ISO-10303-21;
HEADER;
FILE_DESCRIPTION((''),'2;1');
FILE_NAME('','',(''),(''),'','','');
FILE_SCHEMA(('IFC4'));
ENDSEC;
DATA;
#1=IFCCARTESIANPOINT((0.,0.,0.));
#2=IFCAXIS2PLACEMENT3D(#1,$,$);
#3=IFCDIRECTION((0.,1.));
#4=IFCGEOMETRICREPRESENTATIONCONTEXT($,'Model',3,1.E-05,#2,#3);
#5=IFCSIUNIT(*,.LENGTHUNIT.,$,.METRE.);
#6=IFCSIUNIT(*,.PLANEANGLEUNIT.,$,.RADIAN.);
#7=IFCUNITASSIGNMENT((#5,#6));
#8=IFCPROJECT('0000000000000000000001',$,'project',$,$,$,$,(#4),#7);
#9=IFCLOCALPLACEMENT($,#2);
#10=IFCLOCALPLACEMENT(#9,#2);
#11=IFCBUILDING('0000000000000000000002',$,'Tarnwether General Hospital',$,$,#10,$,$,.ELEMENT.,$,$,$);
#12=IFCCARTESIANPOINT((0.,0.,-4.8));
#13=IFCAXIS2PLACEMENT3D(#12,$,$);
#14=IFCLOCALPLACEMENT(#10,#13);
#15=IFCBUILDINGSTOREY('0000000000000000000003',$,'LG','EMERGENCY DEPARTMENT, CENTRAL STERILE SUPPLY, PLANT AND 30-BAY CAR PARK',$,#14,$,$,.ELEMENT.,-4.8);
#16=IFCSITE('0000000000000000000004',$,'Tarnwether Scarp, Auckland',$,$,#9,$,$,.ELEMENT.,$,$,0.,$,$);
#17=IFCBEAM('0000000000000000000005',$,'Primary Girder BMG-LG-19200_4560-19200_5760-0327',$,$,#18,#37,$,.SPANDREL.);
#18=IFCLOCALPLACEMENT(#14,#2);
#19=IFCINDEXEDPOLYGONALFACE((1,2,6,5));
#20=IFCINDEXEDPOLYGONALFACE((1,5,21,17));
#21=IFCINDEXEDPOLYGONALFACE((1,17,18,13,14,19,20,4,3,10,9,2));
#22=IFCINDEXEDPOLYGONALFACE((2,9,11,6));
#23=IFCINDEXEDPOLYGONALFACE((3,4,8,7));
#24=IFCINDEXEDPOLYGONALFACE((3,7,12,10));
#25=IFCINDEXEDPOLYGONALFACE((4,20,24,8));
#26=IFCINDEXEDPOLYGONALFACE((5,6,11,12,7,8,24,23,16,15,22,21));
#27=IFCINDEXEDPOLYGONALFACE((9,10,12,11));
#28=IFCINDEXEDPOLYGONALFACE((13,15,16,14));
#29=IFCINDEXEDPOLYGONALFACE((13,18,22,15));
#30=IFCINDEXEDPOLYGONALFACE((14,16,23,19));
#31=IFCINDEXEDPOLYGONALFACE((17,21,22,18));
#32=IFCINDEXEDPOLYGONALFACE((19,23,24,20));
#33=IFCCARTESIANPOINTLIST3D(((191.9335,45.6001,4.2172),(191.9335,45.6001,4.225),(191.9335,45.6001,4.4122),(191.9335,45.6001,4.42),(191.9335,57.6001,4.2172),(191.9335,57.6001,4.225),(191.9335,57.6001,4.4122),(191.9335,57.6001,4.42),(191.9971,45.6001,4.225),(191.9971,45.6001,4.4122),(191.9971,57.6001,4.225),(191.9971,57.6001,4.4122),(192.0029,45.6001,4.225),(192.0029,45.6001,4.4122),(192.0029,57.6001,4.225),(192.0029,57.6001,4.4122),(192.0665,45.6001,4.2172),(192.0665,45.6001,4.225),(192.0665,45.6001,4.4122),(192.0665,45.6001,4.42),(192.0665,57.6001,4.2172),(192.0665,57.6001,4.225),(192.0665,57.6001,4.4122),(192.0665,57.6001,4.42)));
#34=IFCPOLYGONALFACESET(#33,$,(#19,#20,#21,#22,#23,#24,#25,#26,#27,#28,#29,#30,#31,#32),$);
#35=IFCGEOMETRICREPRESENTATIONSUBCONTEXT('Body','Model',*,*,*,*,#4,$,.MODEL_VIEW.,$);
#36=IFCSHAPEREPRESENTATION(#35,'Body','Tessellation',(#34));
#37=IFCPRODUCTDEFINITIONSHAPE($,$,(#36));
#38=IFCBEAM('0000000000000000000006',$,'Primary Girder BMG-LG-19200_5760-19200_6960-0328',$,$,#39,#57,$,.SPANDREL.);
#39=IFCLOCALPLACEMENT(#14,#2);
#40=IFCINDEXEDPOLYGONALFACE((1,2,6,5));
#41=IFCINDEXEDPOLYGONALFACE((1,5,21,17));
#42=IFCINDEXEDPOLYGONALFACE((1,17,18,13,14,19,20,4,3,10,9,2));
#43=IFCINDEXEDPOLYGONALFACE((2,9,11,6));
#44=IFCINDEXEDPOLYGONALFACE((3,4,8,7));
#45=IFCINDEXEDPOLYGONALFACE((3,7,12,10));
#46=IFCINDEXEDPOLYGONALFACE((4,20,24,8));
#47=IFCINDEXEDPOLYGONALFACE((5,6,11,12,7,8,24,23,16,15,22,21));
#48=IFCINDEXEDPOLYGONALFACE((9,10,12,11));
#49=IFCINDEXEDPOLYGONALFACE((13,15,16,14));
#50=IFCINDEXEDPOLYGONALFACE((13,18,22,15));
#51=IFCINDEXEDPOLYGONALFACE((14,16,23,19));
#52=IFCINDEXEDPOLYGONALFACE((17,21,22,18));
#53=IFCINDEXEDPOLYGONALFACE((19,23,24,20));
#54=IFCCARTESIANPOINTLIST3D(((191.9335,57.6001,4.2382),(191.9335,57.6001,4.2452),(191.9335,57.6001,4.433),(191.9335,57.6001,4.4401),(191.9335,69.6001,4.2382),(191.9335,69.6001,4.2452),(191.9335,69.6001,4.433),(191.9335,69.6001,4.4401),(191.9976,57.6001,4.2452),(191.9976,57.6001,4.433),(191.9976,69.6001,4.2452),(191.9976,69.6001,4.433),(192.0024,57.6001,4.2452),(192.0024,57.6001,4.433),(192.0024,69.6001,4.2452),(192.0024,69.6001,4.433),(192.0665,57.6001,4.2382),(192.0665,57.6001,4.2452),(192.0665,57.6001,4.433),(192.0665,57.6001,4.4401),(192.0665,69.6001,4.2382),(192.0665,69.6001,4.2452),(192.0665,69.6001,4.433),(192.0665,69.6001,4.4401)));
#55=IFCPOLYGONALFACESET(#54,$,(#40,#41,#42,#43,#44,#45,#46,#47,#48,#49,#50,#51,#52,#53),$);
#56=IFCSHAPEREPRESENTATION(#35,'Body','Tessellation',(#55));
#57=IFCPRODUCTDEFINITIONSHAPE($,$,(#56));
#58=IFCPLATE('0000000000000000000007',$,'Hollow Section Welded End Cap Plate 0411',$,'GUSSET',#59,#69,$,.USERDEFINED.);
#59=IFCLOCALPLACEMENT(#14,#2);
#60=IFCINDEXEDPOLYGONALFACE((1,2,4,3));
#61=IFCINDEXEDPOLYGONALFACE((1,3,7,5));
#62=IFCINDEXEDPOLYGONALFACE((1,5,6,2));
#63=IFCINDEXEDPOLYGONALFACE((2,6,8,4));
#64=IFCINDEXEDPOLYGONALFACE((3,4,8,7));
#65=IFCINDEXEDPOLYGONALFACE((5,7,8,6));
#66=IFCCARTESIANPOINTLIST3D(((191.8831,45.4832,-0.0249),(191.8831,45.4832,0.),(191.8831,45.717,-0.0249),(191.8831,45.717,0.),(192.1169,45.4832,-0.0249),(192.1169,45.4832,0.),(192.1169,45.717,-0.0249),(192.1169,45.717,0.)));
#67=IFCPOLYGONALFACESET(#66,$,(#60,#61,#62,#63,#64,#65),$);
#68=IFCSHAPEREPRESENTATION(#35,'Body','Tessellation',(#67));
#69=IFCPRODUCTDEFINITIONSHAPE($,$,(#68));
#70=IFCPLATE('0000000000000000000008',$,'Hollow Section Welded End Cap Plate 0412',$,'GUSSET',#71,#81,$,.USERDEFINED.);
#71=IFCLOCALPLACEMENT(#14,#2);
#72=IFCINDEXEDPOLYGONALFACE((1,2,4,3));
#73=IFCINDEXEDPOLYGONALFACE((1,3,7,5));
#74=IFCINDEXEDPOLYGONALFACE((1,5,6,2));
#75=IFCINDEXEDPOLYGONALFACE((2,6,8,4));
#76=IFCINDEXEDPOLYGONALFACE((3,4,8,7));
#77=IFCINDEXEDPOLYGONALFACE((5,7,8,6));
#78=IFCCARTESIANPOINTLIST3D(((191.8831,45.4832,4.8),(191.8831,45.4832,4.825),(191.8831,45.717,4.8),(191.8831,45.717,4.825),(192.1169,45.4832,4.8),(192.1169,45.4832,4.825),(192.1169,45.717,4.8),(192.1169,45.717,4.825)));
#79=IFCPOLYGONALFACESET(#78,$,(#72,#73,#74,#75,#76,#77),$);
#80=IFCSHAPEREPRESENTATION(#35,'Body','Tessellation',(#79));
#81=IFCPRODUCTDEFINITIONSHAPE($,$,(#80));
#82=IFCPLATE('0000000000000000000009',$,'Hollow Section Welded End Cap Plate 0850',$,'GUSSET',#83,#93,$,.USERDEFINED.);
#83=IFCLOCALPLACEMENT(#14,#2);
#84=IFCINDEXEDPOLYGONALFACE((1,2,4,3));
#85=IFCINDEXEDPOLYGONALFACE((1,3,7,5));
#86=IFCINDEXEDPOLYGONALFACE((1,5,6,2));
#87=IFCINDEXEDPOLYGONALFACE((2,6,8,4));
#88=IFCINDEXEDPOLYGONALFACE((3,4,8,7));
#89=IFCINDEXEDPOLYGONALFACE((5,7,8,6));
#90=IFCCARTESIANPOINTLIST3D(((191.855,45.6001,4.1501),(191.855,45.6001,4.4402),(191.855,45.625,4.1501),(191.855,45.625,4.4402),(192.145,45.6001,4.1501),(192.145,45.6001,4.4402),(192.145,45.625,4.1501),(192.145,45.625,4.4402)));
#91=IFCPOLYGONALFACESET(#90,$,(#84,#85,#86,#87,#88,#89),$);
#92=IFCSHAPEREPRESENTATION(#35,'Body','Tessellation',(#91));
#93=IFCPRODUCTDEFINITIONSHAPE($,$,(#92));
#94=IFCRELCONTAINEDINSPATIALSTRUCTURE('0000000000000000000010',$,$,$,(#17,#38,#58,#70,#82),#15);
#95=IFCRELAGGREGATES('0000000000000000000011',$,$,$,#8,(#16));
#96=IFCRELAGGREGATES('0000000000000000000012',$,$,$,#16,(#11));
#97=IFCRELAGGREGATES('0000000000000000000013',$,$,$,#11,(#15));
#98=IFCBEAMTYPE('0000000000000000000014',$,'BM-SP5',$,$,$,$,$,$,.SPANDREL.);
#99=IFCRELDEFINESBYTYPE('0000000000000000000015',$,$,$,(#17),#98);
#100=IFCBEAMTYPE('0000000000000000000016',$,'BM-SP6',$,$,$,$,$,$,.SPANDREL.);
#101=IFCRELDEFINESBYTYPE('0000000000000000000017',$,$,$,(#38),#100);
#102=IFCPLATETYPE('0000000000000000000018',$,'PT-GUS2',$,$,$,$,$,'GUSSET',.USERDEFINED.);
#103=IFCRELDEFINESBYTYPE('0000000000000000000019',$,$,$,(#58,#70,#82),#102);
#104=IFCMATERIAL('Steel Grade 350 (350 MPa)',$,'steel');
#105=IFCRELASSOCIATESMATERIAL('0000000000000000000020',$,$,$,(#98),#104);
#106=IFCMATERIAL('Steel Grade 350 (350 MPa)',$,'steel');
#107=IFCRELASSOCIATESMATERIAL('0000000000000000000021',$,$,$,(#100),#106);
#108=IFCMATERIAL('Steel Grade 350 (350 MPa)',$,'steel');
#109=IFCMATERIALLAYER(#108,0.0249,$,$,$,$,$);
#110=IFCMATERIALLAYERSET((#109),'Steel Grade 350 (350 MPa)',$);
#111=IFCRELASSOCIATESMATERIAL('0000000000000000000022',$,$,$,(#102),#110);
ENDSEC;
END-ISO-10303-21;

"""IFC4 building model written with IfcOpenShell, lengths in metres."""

from ifc_helpers import new_model, si_unit, direction, frame, origin, origin_2d, place, context, subcontext, project, spatial, rectangle, i_section, extrude, material, layer, layer_set, material_profile, profile_set, type_object, element, save


model = new_model("IFC4")

# Units and contexts
model_context = context("Model", 3, precision=1e-05, world=origin(), true_north=direction((0.0, 1.0)))
body_context = subcontext(model_context, "Body", "Model", "MODEL_VIEW")
ifc_project = project(units=[si_unit("LENGTHUNIT", "METRE"), si_unit("PLANEANGLEUNIT", "RADIAN")], contexts=[model_context])

# Site, building, storey
site_placement = place(None, origin())
site = spatial("IfcSite", under=ifc_project, at=site_placement, Name="Tarnwether Scarp, Auckland", CompositionType="ELEMENT", RefElevation=0.0)
building_placement = place(site_placement, origin())
building = spatial("IfcBuilding", under=site, at=building_placement, Name="Tarnwether General Hospital", CompositionType="ELEMENT")
storey_placement = place(building_placement, frame((0.0, 0.0, -4.8)))
storey = spatial("IfcBuildingStorey", under=building, at=storey_placement, Name="LG", Description="EMERGENCY DEPARTMENT, CENTRAL STERILE SUPPLY, PLANT AND 30-BAY CAR PARK", CompositionType="ELEMENT", Elevation=-4.8)

# Beams
ifc_material_1 = material(Name="Steel Grade 350 (350 MPa)", Category="steel")
ifc_material_profile_1 = material_profile(ifc_material_1, i_section(OverallWidth=0.1331, OverallDepth=0.2029, WebThickness=0.0059, FlangeThickness=0.0078, at=origin_2d()), Name="200UB25.4")
ifc_profile_set_1 = profile_set([ifc_material_profile_1], Name="Steel Grade 350 (350 MPa)")
beam_type_1 = type_object("IfcBeamType", Name="BM-SP5", PredefinedType="SPANDREL", material=ifc_profile_set_1)
beam_1_placement = place(storey_placement, frame((192.0, 45.6001, 4.3186), z_axis=(0.0, 1.0, 0.0), x_axis=(-1.0, 0.0, 0.0)))
element("IfcBeam", 1, at=beam_1_placement, inside=storey, type_object=beam_type_1, Name="Primary Girder BMG-LG-19200_4560-19200_5760-0327", PredefinedType="SPANDREL", context=body_context, shape_type="SweptSolid", body=[
    extrude(i_section(OverallWidth=0.1331, OverallDepth=0.2029, WebThickness=0.0059, FlangeThickness=0.0078, at=origin_2d()), origin(), (0.0, 0.0, 1.0), 12.0),
])
ifc_material_2 = material(Name="Steel Grade 350 (350 MPa)", Category="steel")
ifc_material_profile_2 = material_profile(ifc_material_2, i_section(OverallWidth=0.1331, OverallDepth=0.2019, WebThickness=0.0049, FlangeThickness=0.0071, at=origin_2d()), Name="200UB22.3")
ifc_profile_set_2 = profile_set([ifc_material_profile_2], Name="Steel Grade 350 (350 MPa)")
beam_type_2 = type_object("IfcBeamType", Name="BM-SP6", PredefinedType="SPANDREL", material=ifc_profile_set_2)
beam_2_placement = place(storey_placement, frame((192.0, 57.6001, 4.3391), z_axis=(0.0, 1.0, 0.0), x_axis=(-1.0, 0.0, 0.0)))
element("IfcBeam", 2, at=beam_2_placement, inside=storey, type_object=beam_type_2, Name="Primary Girder BMG-LG-19200_5760-19200_6960-0328", PredefinedType="SPANDREL", context=body_context, shape_type="SweptSolid", body=[
    extrude(i_section(OverallWidth=0.1331, OverallDepth=0.2019, WebThickness=0.0049, FlangeThickness=0.0071, at=origin_2d()), origin(), (0.0, 0.0, 1.0), 12.0),
])

# Plates
ifc_material_3 = material(Name="Steel Grade 350 (350 MPa)", Category="steel")
ifc_layer = layer(ifc_material_3, 0.0249)
ifc_layer_set = layer_set([ifc_layer], Name="Steel Grade 350 (350 MPa)")
plate_type = type_object("IfcPlateType", Name="PT-GUS2", ElementType="GUSSET", PredefinedType="USERDEFINED", material=ifc_layer_set)
for number, where, z_axis, x_axis, name in (
    (3, (192.0, 45.6001, -0.0249), (0.0, 0.0, 1.0), (1.0, 0.0, 0.0), "Hollow Section Welded End Cap Plate 0411"),
    (4, (192.0, 45.6001, 4.8), (0.0, 0.0, 1.0), (1.0, 0.0, 0.0), "Hollow Section Welded End Cap Plate 0412"),
):
    element("IfcPlate", number, at=place(storey_placement, frame(where, z_axis=z_axis, x_axis=x_axis)), inside=storey, type_object=plate_type, Name=name, ObjectType="GUSSET", PredefinedType="USERDEFINED", context=body_context, shape_type="SweptSolid", body=[
        extrude(rectangle(XDim=0.2339, YDim=0.2339, at=origin_2d()), origin(), (0.0, 0.0, 1.0), 0.0249),
    ])
plate_placement = place(storey_placement, frame((192.0, 45.6125, 4.1501), z_axis=(0.0, 0.0, 1.0), x_axis=(0.0, 1.0, 0.0)))
element("IfcPlate", 5, at=plate_placement, inside=storey, type_object=plate_type, Name="Hollow Section Welded End Cap Plate 0850", ObjectType="GUSSET", PredefinedType="USERDEFINED", context=body_context, shape_type="SweptSolid", body=[
    extrude(rectangle(XDim=0.0249, YDim=0.29, at=origin_2d()), origin(), (0.0, 0.0, 1.0), 0.29),
])

save(model, "model.ifc")
